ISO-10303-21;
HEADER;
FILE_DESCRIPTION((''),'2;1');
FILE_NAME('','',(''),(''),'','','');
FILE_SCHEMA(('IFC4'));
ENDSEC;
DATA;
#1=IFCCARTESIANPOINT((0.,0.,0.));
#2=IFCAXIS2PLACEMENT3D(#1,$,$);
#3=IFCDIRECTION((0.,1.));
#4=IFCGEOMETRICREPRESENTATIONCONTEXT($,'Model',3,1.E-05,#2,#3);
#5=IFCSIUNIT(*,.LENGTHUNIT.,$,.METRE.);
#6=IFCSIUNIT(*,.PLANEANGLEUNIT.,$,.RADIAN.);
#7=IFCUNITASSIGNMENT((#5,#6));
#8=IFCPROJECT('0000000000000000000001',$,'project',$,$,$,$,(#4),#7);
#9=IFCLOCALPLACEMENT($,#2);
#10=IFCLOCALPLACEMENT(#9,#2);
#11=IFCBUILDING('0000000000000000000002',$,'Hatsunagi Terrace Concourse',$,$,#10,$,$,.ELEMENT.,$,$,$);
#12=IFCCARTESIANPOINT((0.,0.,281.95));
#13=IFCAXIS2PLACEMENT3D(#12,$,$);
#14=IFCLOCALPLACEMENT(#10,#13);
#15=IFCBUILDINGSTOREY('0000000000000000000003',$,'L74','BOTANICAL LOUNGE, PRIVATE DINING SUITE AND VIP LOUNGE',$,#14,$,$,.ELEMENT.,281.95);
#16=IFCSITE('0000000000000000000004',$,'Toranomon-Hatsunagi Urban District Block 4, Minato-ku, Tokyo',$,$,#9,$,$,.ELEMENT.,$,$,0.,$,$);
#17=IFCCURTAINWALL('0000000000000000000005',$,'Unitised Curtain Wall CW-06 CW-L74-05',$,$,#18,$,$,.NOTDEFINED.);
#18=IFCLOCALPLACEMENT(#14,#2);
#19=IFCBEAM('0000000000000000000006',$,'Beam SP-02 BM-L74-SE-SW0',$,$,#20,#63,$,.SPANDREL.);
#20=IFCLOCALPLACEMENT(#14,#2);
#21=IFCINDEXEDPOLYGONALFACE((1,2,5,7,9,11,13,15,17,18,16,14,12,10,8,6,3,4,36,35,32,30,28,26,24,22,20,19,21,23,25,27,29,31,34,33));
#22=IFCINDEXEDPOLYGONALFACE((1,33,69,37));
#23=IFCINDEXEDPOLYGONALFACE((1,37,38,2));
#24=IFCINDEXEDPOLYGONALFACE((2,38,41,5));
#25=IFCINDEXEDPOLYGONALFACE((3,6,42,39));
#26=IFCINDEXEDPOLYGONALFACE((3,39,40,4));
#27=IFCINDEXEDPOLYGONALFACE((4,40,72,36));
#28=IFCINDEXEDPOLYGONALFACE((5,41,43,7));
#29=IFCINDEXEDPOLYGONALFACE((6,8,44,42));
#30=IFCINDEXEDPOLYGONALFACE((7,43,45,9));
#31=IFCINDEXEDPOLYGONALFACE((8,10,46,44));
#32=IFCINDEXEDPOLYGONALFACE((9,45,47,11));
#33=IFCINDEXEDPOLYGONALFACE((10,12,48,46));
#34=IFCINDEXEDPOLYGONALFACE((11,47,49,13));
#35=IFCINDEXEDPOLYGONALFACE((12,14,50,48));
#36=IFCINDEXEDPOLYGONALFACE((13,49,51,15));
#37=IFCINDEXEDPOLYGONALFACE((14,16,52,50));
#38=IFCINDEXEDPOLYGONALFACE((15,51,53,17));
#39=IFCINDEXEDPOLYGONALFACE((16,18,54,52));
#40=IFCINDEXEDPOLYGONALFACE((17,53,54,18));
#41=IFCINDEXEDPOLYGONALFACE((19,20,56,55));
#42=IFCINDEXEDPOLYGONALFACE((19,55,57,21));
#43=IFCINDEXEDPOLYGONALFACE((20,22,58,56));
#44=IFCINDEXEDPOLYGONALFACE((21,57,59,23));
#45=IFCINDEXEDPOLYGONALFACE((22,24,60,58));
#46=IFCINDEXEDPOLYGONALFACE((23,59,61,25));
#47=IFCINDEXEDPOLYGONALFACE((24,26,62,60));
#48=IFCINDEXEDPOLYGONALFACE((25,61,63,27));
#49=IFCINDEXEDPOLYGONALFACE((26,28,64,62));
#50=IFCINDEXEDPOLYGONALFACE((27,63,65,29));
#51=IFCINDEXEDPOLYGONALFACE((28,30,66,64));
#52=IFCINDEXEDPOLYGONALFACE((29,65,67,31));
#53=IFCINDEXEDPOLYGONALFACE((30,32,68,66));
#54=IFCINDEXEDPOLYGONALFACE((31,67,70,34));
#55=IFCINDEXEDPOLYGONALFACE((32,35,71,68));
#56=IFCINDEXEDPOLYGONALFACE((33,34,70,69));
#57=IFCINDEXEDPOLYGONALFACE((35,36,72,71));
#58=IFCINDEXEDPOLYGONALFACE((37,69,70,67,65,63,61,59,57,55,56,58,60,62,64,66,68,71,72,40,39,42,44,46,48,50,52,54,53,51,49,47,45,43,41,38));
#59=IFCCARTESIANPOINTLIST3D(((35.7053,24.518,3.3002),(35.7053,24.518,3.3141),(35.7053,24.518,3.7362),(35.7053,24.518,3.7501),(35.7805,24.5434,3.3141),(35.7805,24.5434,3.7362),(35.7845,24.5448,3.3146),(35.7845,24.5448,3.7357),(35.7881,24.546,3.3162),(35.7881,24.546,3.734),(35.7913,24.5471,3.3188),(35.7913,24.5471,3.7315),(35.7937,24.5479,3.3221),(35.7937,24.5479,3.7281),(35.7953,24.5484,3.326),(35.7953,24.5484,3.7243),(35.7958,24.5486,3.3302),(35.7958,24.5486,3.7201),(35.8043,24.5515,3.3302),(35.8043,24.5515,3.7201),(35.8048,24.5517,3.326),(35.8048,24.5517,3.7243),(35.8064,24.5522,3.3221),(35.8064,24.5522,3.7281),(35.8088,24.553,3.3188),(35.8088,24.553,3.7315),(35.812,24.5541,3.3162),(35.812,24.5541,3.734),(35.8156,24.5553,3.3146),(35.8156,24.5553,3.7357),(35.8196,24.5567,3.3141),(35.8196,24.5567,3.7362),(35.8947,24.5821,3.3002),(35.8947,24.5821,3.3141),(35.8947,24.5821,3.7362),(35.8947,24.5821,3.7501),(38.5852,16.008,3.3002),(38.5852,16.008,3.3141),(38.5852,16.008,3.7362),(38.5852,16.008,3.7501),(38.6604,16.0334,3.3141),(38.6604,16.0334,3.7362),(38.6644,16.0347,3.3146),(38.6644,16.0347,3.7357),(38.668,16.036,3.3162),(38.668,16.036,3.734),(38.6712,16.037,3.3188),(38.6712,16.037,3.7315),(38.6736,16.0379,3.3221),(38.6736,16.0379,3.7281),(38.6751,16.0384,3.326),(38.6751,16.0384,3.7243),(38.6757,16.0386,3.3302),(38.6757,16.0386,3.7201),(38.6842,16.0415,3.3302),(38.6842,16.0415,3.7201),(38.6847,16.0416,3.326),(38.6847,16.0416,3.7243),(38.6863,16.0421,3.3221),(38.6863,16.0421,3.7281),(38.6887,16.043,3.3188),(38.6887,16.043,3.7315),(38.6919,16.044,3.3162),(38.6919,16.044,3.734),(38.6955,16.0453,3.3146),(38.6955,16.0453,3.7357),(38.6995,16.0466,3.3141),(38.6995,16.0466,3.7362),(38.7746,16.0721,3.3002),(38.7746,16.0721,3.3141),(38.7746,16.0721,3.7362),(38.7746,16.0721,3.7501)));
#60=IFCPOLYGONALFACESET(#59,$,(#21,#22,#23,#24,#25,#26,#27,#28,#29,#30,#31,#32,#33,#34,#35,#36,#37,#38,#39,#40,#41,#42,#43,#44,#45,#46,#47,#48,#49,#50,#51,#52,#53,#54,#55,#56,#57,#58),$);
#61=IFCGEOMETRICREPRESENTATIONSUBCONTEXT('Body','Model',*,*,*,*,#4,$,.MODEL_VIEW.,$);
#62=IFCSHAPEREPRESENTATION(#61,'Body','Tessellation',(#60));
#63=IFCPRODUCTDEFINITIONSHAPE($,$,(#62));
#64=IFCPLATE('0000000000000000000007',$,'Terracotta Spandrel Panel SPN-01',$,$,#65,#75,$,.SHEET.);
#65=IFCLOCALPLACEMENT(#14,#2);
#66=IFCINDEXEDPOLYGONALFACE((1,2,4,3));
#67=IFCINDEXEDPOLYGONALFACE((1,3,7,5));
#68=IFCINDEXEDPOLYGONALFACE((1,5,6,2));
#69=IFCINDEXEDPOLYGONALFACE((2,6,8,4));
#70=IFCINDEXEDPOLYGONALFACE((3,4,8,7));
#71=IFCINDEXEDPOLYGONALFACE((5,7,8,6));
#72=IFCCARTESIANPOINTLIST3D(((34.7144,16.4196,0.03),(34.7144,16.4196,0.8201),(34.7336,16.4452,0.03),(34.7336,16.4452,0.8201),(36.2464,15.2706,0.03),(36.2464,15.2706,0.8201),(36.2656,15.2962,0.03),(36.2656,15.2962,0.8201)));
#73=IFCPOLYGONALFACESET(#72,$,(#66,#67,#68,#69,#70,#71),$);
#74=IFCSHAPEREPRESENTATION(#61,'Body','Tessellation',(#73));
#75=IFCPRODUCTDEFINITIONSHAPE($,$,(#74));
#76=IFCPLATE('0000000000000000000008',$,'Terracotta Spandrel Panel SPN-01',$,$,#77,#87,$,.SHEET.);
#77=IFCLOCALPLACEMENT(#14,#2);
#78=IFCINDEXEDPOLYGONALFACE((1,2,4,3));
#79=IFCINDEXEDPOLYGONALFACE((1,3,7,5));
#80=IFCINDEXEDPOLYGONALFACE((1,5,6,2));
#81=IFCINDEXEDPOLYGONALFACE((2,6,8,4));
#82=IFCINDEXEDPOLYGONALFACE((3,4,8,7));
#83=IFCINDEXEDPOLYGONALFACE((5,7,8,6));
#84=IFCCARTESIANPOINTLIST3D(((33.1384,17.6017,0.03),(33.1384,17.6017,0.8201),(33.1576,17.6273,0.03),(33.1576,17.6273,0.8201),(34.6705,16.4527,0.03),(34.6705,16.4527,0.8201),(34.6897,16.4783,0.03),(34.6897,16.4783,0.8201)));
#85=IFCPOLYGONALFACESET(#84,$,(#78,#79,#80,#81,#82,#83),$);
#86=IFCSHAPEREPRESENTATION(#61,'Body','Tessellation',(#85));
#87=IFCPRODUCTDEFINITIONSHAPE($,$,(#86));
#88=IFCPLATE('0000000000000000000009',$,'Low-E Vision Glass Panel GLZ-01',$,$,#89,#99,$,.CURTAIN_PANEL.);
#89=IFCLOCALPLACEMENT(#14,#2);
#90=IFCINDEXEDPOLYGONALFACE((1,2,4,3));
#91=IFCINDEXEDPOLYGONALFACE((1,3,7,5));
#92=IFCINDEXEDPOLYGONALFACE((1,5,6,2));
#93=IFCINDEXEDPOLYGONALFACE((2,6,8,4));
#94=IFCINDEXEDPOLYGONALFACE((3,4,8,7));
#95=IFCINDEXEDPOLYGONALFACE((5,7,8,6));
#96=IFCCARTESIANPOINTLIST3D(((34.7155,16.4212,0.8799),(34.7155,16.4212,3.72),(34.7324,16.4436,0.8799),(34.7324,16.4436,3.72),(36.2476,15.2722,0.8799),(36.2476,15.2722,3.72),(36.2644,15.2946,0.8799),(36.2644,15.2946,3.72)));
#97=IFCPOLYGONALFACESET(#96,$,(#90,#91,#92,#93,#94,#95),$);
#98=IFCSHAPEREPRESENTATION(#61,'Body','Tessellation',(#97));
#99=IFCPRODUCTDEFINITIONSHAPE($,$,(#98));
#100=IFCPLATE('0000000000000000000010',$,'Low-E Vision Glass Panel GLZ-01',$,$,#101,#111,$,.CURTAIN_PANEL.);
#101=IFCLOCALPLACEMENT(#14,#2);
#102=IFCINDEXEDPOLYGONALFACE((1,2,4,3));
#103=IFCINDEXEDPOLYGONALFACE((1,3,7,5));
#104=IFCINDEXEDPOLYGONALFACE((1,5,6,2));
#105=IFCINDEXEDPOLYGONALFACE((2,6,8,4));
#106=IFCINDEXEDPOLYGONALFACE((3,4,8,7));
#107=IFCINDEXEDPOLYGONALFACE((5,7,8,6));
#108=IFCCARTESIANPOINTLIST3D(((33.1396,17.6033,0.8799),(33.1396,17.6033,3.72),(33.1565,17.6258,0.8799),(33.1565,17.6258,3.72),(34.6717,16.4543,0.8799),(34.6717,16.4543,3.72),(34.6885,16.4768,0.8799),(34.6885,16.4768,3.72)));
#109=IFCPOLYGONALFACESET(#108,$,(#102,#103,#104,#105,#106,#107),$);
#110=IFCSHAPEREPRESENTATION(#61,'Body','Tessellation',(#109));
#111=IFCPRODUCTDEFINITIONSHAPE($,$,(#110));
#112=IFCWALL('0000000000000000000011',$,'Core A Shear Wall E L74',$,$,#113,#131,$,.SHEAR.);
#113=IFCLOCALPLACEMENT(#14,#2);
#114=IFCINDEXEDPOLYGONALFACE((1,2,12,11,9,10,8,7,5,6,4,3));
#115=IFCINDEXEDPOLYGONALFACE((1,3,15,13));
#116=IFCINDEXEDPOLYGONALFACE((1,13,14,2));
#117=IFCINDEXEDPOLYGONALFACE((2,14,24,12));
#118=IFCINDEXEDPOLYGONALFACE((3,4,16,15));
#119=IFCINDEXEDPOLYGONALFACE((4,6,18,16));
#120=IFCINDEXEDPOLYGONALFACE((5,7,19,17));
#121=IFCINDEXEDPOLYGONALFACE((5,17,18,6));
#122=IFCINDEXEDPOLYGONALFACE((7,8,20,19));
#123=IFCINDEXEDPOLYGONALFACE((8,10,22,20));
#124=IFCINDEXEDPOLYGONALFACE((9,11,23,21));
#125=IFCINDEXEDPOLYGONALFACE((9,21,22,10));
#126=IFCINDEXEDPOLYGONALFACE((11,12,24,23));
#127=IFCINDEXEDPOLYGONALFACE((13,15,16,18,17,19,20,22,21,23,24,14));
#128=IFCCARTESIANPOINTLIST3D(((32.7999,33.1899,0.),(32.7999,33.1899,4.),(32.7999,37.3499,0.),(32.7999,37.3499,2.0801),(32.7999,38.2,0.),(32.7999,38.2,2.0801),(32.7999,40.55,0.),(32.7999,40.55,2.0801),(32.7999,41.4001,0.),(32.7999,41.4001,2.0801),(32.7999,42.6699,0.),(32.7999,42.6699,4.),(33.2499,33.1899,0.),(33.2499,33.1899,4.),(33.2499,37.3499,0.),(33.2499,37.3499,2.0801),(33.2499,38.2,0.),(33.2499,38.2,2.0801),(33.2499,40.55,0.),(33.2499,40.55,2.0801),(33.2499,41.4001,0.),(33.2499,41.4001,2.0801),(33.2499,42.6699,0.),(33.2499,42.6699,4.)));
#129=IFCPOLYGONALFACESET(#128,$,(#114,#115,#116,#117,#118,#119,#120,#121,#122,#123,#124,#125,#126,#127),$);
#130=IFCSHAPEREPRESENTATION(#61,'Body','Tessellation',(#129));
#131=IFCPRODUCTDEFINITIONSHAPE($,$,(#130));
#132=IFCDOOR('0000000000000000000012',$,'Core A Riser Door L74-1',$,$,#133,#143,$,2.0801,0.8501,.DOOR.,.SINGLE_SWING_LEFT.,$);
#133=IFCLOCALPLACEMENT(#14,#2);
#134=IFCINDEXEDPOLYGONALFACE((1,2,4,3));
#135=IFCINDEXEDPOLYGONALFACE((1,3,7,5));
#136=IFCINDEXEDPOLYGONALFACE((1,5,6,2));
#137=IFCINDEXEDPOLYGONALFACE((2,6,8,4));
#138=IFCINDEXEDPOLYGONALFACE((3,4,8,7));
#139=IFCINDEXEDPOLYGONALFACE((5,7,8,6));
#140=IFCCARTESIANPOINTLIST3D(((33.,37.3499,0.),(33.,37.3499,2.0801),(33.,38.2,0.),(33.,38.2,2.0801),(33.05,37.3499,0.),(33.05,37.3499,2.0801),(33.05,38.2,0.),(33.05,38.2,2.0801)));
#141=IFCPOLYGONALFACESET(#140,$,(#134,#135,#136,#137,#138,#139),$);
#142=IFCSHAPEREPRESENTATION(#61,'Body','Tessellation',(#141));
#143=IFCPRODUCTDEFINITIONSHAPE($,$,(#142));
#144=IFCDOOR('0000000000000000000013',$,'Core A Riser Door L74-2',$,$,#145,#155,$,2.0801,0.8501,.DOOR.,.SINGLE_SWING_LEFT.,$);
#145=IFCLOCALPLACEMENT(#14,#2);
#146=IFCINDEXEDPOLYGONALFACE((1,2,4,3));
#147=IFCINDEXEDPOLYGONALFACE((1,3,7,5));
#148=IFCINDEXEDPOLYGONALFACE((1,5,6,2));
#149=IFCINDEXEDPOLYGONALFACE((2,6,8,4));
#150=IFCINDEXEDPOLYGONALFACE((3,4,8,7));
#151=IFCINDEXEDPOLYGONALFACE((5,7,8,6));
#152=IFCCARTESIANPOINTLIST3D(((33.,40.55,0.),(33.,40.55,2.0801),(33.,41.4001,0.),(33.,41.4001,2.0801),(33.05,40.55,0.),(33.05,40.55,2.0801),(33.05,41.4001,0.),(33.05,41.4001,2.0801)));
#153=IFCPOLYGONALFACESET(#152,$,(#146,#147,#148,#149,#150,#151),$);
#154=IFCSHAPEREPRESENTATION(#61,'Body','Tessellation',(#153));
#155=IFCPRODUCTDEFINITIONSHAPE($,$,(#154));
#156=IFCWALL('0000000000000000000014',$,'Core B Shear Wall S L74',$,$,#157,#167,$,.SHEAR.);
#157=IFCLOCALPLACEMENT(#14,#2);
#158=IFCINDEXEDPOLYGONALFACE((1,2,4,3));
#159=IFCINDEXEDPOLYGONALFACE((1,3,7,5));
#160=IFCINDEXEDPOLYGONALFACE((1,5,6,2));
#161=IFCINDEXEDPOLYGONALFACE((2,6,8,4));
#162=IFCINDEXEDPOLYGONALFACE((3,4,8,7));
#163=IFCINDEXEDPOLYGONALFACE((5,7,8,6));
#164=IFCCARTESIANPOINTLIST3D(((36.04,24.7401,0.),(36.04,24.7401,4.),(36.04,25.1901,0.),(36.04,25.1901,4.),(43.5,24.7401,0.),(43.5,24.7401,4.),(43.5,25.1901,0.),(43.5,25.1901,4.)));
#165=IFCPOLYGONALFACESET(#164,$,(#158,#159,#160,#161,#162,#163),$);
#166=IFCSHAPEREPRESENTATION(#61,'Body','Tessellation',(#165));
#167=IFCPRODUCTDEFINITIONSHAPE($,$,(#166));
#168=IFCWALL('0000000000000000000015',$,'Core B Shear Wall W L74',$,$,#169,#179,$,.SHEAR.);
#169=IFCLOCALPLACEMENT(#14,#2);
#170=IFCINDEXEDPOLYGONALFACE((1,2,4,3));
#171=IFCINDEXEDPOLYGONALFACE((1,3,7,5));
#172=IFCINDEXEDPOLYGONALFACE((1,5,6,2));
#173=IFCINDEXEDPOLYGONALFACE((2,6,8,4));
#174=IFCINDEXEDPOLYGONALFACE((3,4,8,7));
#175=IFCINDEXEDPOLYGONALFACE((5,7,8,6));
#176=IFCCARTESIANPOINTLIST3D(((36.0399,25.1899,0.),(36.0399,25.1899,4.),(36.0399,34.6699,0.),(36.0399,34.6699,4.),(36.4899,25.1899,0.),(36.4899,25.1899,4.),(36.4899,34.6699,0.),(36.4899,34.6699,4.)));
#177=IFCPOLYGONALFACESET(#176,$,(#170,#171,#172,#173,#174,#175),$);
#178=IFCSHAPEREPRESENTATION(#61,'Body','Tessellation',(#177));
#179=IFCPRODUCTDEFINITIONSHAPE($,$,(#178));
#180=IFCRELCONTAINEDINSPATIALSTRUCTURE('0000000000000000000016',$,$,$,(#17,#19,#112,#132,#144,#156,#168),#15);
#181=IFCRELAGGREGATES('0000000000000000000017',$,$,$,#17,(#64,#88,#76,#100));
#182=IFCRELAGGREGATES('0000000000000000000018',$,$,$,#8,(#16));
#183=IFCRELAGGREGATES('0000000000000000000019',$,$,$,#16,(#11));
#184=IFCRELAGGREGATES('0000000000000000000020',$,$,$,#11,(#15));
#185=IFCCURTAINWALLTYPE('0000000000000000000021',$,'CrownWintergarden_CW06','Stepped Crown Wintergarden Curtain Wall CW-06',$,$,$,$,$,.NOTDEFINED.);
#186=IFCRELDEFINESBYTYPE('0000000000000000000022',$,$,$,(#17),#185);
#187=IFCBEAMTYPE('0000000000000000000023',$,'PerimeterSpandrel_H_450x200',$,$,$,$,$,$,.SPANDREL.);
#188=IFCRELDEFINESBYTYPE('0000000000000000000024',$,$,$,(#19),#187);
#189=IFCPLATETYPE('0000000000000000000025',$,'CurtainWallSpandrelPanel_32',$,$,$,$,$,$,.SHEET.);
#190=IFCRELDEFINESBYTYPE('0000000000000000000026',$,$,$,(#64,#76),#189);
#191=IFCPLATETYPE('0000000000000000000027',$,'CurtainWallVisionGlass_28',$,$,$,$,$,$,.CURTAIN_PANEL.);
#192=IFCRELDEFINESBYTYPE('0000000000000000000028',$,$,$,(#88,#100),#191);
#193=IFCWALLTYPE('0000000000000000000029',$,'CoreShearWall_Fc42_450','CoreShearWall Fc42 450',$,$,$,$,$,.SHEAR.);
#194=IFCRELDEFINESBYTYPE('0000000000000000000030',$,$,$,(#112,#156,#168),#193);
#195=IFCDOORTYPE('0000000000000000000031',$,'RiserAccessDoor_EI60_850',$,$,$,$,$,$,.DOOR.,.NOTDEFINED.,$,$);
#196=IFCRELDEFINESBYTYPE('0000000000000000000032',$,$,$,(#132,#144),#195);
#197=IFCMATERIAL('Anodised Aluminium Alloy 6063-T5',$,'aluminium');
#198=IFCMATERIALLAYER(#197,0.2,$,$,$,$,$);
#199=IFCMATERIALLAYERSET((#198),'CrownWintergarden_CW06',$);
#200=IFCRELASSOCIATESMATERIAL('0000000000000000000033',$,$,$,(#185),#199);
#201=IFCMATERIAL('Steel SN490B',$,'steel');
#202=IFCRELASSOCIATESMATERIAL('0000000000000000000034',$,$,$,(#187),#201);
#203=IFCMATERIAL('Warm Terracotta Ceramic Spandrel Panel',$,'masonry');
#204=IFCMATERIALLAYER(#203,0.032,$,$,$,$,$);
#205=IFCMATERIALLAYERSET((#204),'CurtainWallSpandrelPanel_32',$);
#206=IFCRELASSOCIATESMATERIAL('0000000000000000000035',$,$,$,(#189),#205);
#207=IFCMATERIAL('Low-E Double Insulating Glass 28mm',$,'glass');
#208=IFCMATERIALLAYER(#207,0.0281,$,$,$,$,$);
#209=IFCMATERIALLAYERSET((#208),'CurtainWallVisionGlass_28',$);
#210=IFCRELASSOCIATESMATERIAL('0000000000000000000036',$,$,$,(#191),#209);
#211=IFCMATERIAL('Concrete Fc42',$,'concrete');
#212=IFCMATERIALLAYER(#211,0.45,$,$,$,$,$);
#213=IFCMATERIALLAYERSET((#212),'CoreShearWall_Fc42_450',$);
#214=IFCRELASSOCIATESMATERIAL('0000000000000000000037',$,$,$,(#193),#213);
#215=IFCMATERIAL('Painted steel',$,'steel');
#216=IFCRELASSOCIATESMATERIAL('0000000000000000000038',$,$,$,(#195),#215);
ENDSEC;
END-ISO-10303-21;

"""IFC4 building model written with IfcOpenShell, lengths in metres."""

from ifc_helpers import new_model, si_unit, direction, frame, frame_2d, origin, origin_2d, place, context, subcontext, project, spatial, rectangle, i_section, extrude, material, layer, layer_set, material_profile, profile_set, type_object, element, fill, aggregate, save


model = new_model("IFC4")

# Units and contexts
model_context = context("Model", 3, precision=1e-05, world=origin(), true_north=direction((0.0, 1.0)))
body_context = subcontext(model_context, "Body", "Model", "MODEL_VIEW")
ifc_project = project(units=[si_unit("LENGTHUNIT", "METRE"), si_unit("PLANEANGLEUNIT", "RADIAN")], contexts=[model_context])

# Site, building, storey
site_placement = place(None, origin())
site = spatial("IfcSite", under=ifc_project, at=site_placement, Name="Toranomon-Hatsunagi Urban District Block 4, Minato-ku, Tokyo", CompositionType="ELEMENT", RefElevation=0.0)
building_placement = place(site_placement, origin())
building = spatial("IfcBuilding", under=site, at=building_placement, Name="Hatsunagi Terrace Concourse", CompositionType="ELEMENT")
storey_placement = place(building_placement, frame((0.0, 0.0, 281.95)))
storey = spatial("IfcBuildingStorey", under=building, at=storey_placement, Name="L74", Description="BOTANICAL LOUNGE, PRIVATE DINING SUITE AND VIP LOUNGE", CompositionType="ELEMENT", Elevation=281.95)

# Curtain wall
ifc_material_1 = material(Name="Anodised Aluminium Alloy 6063-T5", Category="aluminium")
ifc_layer_1 = layer(ifc_material_1, 0.2)
ifc_layer_set_1 = layer_set([ifc_layer_1], Name="CrownWintergarden_CW06")
curtain_wall_type = type_object("IfcCurtainWallType", Name="CrownWintergarden_CW06", Description="Stepped Crown Wintergarden Curtain Wall CW-06", PredefinedType="NOTDEFINED", material=ifc_layer_set_1)
curtain_wall_placement = place(storey_placement, origin())
curtain_wall = element("IfcCurtainWall", 1, at=curtain_wall_placement, inside=storey, type_object=curtain_wall_type, Name="Unitised Curtain Wall CW-06 CW-L74-05", PredefinedType="NOTDEFINED")

# Beam
ifc_material_2 = material(Name="Steel SN490B", Category="steel")
ifc_material_profile_1 = material_profile(ifc_material_2, i_section(OverallWidth=0.2, OverallDepth=0.45, WebThickness=0.009, FlangeThickness=0.0139, FilletRadius=0.0161, at=origin_2d()), Name="H-450x200x9x14")
ifc_profile_set_1 = profile_set([ifc_material_profile_1], Name="Steel SN490B")
beam_type_1 = type_object("IfcBeamType", Name="PerimeterSpandrel_H_450x200", PredefinedType="SPANDREL", material=ifc_profile_set_1)
beam_1_placement = place(storey_placement, frame((35.8, 24.55, 3.5251), z_axis=(0.320553, -0.94723, 0.0), x_axis=(0.94723, 0.320553, 0.0)))
element("IfcBeam", 2, at=beam_1_placement, inside=storey, type_object=beam_type_1, Name="Beam SP-02 BM-L74-SE-SW0", PredefinedType="SPANDREL", context=body_context, shape_type="SweptSolid", body=[
    extrude(i_section(OverallWidth=0.2, OverallDepth=0.45, WebThickness=0.009, FlangeThickness=0.0139, FilletRadius=0.0161, at=origin_2d()), origin(), (0.0, 0.0, 1.0), 8.9841),
])

# Plates
ifc_material_3 = material(Name="Warm Terracotta Ceramic Spandrel Panel", Category="masonry")
ifc_layer_2 = layer(ifc_material_3, 0.032)
ifc_layer_set_2 = layer_set([ifc_layer_2], Name="CurtainWallSpandrelPanel_32")
plate_type_1 = type_object("IfcPlateType", Name="CurtainWallSpandrelPanel_32", PredefinedType="SHEET", material=ifc_layer_set_2)
plate_1_placement = place(storey_placement, frame((35.49, 15.8579, 0.03), z_axis=(0.0, 0.0, 1.0), x_axis=(-0.800008, 0.599989, 0.0)))
plate_1 = element("IfcPlate", 3, at=plate_1_placement, type_object=plate_type_1, Name="Terracotta Spandrel Panel SPN-01", PredefinedType="SHEET", context=body_context, shape_type="SweptSolid", body=[
    extrude(rectangle(XDim=1.915, YDim=0.032, at=origin_2d()), origin(), (0.0, 0.0, 1.0), 0.79),
])
plate_2_placement = place(storey_placement, frame((33.9141, 17.04, 0.03), z_axis=(0.0, 0.0, 1.0), x_axis=(-0.800008, 0.599989, 0.0)))
plate_2 = element("IfcPlate", 4, at=plate_2_placement, type_object=plate_type_1, Name="Terracotta Spandrel Panel SPN-01", PredefinedType="SHEET", context=body_context, shape_type="SweptSolid", body=[
    extrude(rectangle(XDim=1.915, YDim=0.032, at=origin_2d()), origin(), (0.0, 0.0, 1.0), 0.79),
])
ifc_material_4 = material(Name="Low-E Double Insulating Glass 28mm", Category="glass")
ifc_layer_3 = layer(ifc_material_4, 0.0281)
ifc_layer_set_3 = layer_set([ifc_layer_3], Name="CurtainWallVisionGlass_28")
plate_type_2 = type_object("IfcPlateType", Name="CurtainWallVisionGlass_28", PredefinedType="CURTAIN_PANEL", material=ifc_layer_set_3)
plate_3_placement = place(storey_placement, frame((35.49, 15.8579, 0.8799), z_axis=(0.0, 0.0, 1.0), x_axis=(-0.800008, 0.599989, 0.0)))
plate_3 = element("IfcPlate", 5, at=plate_3_placement, type_object=plate_type_2, Name="Low-E Vision Glass Panel GLZ-01", PredefinedType="CURTAIN_PANEL", context=body_context, shape_type="SweptSolid", body=[
    extrude(rectangle(XDim=1.915, YDim=0.0281, at=origin_2d()), origin(), (0.0, 0.0, 1.0), 2.8401),
])
plate_4_placement = place(storey_placement, frame((33.9141, 17.04, 0.8799), z_axis=(0.0, 0.0, 1.0), x_axis=(-0.800008, 0.599989, 0.0)))
plate_4 = element("IfcPlate", 6, at=plate_4_placement, type_object=plate_type_2, Name="Low-E Vision Glass Panel GLZ-01", PredefinedType="CURTAIN_PANEL", context=body_context, shape_type="SweptSolid", body=[
    extrude(rectangle(XDim=1.915, YDim=0.0281, at=origin_2d()), origin(), (0.0, 0.0, 1.0), 2.8401),
])
aggregate(curtain_wall, [plate_1, plate_3, plate_2, plate_4])

# Wall, openings, doors
ifc_material_5 = material(Name="Concrete Fc42", Category="concrete")
ifc_layer_4 = layer(ifc_material_5, 0.45)
ifc_layer_set_4 = layer_set([ifc_layer_4], Name="CoreShearWall_Fc42_450")
wall_type_1 = type_object("IfcWallType", Name="CoreShearWall_Fc42_450", Description="CoreShearWall Fc42 450", PredefinedType="SHEAR", material=ifc_layer_set_4)
wall_1_placement = place(storey_placement, frame((33.0249, 33.1899, 0.0), z_axis=(0.0, 0.0, 1.0), x_axis=(0.0, 1.0, 0.0)))
wall_1 = element("IfcWall", 7, at=wall_1_placement, inside=storey, type_object=wall_type_1, Name="Core A Shear Wall E L74", PredefinedType="SHEAR", context=body_context, shape_type="SweptSolid", body=[
    extrude(rectangle(XDim=9.48, YDim=0.45, at=frame_2d((4.74, 0.0))), origin(), (0.0, 0.0, 1.0), 4.0),
])
opening_1_placement = place(wall_1_placement, frame((4.1599, 0.0, 0.0)))
opening_1 = element("IfcOpeningElement", 8, at=opening_1_placement, cuts=wall_1, PredefinedType="OPENING", context=body_context, shape_type="SweptSolid", body=[
    extrude(rectangle(XDim=0.8501, YDim=2.0801, at=frame_2d((0.425, 1.04))), frame((0.0, 0.2349, 0.0), z_axis=(0.0, -1.0, 0.0), x_axis=(1.0, 0.0, 0.0)), (0.0, 0.0, 1.0), 0.47),
])
opening_2_placement = place(wall_1_placement, frame((7.3601, 0.0, 0.0)))
opening_2 = element("IfcOpeningElement", 9, at=opening_2_placement, cuts=wall_1, PredefinedType="OPENING", context=body_context, shape_type="SweptSolid", body=[
    extrude(rectangle(XDim=0.8501, YDim=2.0801, at=frame_2d((0.425, 1.04))), frame((0.0, 0.2349, 0.0), z_axis=(0.0, -1.0, 0.0), x_axis=(1.0, 0.0, 0.0)), (0.0, 0.0, 1.0), 0.47),
])
ifc_material_6 = material(Name="Painted steel", Category="steel")
door_type_1 = type_object("IfcDoorType", Name="RiserAccessDoor_EI60_850", OperationType="NOTDEFINED", PredefinedType="DOOR", material=ifc_material_6)
door_1_placement = place(opening_1_placement, origin())
door_1 = element("IfcDoor", 10, at=door_1_placement, inside=storey, type_object=door_type_1, Name="Core A Riser Door L74-1", OperationType="SINGLE_SWING_LEFT", OverallHeight=2.0801, OverallWidth=0.8501, PredefinedType="DOOR", context=body_context, shape_type="SweptSolid", body=[
    extrude(rectangle(XDim=0.8501, YDim=2.0801, at=frame_2d((0.425, 1.04))), frame((0.0, 0.0249, 0.0), z_axis=(0.0, -1.0, 0.0), x_axis=(1.0, 0.0, 0.0)), (0.0, 0.0, 1.0), 0.05),
])
fill(opening_1, door_1)
door_2_placement = place(opening_2_placement, origin())
door_2 = element("IfcDoor", 11, at=door_2_placement, inside=storey, type_object=door_type_1, Name="Core A Riser Door L74-2", OperationType="SINGLE_SWING_LEFT", OverallHeight=2.0801, OverallWidth=0.8501, PredefinedType="DOOR", context=body_context, shape_type="SweptSolid", body=[
    extrude(rectangle(XDim=0.8501, YDim=2.0801, at=frame_2d((0.425, 1.04))), frame((0.0, 0.0249, 0.0), z_axis=(0.0, -1.0, 0.0), x_axis=(1.0, 0.0, 0.0)), (0.0, 0.0, 1.0), 0.05),
])
fill(opening_2, door_2)

# Walls
wall_2_placement = place(storey_placement, frame((36.04, 24.9651, 0.0), z_axis=(0.0, 0.0, 1.0), x_axis=(1.0, 0.0, 0.0)))
element("IfcWall", 12, at=wall_2_placement, inside=storey, type_object=wall_type_1, Name="Core B Shear Wall S L74", PredefinedType="SHEAR", context=body_context, shape_type="SweptSolid", body=[
    extrude(rectangle(XDim=7.46, YDim=0.45, at=frame_2d((3.73, 0.0))), origin(), (0.0, 0.0, 1.0), 4.0),
])
wall_3_placement = place(storey_placement, frame((36.2649, 25.1899, 0.0), z_axis=(0.0, 0.0, 1.0), x_axis=(0.0, 1.0, 0.0)))
element("IfcWall", 13, at=wall_3_placement, inside=storey, type_object=wall_type_1, Name="Core B Shear Wall W L74", PredefinedType="SHEAR", context=body_context, shape_type="SweptSolid", body=[
    extrude(rectangle(XDim=9.48, YDim=0.45, at=frame_2d((4.74, 0.0))), origin(), (0.0, 0.0, 1.0), 4.0),
])

save(model, "model.ifc")
